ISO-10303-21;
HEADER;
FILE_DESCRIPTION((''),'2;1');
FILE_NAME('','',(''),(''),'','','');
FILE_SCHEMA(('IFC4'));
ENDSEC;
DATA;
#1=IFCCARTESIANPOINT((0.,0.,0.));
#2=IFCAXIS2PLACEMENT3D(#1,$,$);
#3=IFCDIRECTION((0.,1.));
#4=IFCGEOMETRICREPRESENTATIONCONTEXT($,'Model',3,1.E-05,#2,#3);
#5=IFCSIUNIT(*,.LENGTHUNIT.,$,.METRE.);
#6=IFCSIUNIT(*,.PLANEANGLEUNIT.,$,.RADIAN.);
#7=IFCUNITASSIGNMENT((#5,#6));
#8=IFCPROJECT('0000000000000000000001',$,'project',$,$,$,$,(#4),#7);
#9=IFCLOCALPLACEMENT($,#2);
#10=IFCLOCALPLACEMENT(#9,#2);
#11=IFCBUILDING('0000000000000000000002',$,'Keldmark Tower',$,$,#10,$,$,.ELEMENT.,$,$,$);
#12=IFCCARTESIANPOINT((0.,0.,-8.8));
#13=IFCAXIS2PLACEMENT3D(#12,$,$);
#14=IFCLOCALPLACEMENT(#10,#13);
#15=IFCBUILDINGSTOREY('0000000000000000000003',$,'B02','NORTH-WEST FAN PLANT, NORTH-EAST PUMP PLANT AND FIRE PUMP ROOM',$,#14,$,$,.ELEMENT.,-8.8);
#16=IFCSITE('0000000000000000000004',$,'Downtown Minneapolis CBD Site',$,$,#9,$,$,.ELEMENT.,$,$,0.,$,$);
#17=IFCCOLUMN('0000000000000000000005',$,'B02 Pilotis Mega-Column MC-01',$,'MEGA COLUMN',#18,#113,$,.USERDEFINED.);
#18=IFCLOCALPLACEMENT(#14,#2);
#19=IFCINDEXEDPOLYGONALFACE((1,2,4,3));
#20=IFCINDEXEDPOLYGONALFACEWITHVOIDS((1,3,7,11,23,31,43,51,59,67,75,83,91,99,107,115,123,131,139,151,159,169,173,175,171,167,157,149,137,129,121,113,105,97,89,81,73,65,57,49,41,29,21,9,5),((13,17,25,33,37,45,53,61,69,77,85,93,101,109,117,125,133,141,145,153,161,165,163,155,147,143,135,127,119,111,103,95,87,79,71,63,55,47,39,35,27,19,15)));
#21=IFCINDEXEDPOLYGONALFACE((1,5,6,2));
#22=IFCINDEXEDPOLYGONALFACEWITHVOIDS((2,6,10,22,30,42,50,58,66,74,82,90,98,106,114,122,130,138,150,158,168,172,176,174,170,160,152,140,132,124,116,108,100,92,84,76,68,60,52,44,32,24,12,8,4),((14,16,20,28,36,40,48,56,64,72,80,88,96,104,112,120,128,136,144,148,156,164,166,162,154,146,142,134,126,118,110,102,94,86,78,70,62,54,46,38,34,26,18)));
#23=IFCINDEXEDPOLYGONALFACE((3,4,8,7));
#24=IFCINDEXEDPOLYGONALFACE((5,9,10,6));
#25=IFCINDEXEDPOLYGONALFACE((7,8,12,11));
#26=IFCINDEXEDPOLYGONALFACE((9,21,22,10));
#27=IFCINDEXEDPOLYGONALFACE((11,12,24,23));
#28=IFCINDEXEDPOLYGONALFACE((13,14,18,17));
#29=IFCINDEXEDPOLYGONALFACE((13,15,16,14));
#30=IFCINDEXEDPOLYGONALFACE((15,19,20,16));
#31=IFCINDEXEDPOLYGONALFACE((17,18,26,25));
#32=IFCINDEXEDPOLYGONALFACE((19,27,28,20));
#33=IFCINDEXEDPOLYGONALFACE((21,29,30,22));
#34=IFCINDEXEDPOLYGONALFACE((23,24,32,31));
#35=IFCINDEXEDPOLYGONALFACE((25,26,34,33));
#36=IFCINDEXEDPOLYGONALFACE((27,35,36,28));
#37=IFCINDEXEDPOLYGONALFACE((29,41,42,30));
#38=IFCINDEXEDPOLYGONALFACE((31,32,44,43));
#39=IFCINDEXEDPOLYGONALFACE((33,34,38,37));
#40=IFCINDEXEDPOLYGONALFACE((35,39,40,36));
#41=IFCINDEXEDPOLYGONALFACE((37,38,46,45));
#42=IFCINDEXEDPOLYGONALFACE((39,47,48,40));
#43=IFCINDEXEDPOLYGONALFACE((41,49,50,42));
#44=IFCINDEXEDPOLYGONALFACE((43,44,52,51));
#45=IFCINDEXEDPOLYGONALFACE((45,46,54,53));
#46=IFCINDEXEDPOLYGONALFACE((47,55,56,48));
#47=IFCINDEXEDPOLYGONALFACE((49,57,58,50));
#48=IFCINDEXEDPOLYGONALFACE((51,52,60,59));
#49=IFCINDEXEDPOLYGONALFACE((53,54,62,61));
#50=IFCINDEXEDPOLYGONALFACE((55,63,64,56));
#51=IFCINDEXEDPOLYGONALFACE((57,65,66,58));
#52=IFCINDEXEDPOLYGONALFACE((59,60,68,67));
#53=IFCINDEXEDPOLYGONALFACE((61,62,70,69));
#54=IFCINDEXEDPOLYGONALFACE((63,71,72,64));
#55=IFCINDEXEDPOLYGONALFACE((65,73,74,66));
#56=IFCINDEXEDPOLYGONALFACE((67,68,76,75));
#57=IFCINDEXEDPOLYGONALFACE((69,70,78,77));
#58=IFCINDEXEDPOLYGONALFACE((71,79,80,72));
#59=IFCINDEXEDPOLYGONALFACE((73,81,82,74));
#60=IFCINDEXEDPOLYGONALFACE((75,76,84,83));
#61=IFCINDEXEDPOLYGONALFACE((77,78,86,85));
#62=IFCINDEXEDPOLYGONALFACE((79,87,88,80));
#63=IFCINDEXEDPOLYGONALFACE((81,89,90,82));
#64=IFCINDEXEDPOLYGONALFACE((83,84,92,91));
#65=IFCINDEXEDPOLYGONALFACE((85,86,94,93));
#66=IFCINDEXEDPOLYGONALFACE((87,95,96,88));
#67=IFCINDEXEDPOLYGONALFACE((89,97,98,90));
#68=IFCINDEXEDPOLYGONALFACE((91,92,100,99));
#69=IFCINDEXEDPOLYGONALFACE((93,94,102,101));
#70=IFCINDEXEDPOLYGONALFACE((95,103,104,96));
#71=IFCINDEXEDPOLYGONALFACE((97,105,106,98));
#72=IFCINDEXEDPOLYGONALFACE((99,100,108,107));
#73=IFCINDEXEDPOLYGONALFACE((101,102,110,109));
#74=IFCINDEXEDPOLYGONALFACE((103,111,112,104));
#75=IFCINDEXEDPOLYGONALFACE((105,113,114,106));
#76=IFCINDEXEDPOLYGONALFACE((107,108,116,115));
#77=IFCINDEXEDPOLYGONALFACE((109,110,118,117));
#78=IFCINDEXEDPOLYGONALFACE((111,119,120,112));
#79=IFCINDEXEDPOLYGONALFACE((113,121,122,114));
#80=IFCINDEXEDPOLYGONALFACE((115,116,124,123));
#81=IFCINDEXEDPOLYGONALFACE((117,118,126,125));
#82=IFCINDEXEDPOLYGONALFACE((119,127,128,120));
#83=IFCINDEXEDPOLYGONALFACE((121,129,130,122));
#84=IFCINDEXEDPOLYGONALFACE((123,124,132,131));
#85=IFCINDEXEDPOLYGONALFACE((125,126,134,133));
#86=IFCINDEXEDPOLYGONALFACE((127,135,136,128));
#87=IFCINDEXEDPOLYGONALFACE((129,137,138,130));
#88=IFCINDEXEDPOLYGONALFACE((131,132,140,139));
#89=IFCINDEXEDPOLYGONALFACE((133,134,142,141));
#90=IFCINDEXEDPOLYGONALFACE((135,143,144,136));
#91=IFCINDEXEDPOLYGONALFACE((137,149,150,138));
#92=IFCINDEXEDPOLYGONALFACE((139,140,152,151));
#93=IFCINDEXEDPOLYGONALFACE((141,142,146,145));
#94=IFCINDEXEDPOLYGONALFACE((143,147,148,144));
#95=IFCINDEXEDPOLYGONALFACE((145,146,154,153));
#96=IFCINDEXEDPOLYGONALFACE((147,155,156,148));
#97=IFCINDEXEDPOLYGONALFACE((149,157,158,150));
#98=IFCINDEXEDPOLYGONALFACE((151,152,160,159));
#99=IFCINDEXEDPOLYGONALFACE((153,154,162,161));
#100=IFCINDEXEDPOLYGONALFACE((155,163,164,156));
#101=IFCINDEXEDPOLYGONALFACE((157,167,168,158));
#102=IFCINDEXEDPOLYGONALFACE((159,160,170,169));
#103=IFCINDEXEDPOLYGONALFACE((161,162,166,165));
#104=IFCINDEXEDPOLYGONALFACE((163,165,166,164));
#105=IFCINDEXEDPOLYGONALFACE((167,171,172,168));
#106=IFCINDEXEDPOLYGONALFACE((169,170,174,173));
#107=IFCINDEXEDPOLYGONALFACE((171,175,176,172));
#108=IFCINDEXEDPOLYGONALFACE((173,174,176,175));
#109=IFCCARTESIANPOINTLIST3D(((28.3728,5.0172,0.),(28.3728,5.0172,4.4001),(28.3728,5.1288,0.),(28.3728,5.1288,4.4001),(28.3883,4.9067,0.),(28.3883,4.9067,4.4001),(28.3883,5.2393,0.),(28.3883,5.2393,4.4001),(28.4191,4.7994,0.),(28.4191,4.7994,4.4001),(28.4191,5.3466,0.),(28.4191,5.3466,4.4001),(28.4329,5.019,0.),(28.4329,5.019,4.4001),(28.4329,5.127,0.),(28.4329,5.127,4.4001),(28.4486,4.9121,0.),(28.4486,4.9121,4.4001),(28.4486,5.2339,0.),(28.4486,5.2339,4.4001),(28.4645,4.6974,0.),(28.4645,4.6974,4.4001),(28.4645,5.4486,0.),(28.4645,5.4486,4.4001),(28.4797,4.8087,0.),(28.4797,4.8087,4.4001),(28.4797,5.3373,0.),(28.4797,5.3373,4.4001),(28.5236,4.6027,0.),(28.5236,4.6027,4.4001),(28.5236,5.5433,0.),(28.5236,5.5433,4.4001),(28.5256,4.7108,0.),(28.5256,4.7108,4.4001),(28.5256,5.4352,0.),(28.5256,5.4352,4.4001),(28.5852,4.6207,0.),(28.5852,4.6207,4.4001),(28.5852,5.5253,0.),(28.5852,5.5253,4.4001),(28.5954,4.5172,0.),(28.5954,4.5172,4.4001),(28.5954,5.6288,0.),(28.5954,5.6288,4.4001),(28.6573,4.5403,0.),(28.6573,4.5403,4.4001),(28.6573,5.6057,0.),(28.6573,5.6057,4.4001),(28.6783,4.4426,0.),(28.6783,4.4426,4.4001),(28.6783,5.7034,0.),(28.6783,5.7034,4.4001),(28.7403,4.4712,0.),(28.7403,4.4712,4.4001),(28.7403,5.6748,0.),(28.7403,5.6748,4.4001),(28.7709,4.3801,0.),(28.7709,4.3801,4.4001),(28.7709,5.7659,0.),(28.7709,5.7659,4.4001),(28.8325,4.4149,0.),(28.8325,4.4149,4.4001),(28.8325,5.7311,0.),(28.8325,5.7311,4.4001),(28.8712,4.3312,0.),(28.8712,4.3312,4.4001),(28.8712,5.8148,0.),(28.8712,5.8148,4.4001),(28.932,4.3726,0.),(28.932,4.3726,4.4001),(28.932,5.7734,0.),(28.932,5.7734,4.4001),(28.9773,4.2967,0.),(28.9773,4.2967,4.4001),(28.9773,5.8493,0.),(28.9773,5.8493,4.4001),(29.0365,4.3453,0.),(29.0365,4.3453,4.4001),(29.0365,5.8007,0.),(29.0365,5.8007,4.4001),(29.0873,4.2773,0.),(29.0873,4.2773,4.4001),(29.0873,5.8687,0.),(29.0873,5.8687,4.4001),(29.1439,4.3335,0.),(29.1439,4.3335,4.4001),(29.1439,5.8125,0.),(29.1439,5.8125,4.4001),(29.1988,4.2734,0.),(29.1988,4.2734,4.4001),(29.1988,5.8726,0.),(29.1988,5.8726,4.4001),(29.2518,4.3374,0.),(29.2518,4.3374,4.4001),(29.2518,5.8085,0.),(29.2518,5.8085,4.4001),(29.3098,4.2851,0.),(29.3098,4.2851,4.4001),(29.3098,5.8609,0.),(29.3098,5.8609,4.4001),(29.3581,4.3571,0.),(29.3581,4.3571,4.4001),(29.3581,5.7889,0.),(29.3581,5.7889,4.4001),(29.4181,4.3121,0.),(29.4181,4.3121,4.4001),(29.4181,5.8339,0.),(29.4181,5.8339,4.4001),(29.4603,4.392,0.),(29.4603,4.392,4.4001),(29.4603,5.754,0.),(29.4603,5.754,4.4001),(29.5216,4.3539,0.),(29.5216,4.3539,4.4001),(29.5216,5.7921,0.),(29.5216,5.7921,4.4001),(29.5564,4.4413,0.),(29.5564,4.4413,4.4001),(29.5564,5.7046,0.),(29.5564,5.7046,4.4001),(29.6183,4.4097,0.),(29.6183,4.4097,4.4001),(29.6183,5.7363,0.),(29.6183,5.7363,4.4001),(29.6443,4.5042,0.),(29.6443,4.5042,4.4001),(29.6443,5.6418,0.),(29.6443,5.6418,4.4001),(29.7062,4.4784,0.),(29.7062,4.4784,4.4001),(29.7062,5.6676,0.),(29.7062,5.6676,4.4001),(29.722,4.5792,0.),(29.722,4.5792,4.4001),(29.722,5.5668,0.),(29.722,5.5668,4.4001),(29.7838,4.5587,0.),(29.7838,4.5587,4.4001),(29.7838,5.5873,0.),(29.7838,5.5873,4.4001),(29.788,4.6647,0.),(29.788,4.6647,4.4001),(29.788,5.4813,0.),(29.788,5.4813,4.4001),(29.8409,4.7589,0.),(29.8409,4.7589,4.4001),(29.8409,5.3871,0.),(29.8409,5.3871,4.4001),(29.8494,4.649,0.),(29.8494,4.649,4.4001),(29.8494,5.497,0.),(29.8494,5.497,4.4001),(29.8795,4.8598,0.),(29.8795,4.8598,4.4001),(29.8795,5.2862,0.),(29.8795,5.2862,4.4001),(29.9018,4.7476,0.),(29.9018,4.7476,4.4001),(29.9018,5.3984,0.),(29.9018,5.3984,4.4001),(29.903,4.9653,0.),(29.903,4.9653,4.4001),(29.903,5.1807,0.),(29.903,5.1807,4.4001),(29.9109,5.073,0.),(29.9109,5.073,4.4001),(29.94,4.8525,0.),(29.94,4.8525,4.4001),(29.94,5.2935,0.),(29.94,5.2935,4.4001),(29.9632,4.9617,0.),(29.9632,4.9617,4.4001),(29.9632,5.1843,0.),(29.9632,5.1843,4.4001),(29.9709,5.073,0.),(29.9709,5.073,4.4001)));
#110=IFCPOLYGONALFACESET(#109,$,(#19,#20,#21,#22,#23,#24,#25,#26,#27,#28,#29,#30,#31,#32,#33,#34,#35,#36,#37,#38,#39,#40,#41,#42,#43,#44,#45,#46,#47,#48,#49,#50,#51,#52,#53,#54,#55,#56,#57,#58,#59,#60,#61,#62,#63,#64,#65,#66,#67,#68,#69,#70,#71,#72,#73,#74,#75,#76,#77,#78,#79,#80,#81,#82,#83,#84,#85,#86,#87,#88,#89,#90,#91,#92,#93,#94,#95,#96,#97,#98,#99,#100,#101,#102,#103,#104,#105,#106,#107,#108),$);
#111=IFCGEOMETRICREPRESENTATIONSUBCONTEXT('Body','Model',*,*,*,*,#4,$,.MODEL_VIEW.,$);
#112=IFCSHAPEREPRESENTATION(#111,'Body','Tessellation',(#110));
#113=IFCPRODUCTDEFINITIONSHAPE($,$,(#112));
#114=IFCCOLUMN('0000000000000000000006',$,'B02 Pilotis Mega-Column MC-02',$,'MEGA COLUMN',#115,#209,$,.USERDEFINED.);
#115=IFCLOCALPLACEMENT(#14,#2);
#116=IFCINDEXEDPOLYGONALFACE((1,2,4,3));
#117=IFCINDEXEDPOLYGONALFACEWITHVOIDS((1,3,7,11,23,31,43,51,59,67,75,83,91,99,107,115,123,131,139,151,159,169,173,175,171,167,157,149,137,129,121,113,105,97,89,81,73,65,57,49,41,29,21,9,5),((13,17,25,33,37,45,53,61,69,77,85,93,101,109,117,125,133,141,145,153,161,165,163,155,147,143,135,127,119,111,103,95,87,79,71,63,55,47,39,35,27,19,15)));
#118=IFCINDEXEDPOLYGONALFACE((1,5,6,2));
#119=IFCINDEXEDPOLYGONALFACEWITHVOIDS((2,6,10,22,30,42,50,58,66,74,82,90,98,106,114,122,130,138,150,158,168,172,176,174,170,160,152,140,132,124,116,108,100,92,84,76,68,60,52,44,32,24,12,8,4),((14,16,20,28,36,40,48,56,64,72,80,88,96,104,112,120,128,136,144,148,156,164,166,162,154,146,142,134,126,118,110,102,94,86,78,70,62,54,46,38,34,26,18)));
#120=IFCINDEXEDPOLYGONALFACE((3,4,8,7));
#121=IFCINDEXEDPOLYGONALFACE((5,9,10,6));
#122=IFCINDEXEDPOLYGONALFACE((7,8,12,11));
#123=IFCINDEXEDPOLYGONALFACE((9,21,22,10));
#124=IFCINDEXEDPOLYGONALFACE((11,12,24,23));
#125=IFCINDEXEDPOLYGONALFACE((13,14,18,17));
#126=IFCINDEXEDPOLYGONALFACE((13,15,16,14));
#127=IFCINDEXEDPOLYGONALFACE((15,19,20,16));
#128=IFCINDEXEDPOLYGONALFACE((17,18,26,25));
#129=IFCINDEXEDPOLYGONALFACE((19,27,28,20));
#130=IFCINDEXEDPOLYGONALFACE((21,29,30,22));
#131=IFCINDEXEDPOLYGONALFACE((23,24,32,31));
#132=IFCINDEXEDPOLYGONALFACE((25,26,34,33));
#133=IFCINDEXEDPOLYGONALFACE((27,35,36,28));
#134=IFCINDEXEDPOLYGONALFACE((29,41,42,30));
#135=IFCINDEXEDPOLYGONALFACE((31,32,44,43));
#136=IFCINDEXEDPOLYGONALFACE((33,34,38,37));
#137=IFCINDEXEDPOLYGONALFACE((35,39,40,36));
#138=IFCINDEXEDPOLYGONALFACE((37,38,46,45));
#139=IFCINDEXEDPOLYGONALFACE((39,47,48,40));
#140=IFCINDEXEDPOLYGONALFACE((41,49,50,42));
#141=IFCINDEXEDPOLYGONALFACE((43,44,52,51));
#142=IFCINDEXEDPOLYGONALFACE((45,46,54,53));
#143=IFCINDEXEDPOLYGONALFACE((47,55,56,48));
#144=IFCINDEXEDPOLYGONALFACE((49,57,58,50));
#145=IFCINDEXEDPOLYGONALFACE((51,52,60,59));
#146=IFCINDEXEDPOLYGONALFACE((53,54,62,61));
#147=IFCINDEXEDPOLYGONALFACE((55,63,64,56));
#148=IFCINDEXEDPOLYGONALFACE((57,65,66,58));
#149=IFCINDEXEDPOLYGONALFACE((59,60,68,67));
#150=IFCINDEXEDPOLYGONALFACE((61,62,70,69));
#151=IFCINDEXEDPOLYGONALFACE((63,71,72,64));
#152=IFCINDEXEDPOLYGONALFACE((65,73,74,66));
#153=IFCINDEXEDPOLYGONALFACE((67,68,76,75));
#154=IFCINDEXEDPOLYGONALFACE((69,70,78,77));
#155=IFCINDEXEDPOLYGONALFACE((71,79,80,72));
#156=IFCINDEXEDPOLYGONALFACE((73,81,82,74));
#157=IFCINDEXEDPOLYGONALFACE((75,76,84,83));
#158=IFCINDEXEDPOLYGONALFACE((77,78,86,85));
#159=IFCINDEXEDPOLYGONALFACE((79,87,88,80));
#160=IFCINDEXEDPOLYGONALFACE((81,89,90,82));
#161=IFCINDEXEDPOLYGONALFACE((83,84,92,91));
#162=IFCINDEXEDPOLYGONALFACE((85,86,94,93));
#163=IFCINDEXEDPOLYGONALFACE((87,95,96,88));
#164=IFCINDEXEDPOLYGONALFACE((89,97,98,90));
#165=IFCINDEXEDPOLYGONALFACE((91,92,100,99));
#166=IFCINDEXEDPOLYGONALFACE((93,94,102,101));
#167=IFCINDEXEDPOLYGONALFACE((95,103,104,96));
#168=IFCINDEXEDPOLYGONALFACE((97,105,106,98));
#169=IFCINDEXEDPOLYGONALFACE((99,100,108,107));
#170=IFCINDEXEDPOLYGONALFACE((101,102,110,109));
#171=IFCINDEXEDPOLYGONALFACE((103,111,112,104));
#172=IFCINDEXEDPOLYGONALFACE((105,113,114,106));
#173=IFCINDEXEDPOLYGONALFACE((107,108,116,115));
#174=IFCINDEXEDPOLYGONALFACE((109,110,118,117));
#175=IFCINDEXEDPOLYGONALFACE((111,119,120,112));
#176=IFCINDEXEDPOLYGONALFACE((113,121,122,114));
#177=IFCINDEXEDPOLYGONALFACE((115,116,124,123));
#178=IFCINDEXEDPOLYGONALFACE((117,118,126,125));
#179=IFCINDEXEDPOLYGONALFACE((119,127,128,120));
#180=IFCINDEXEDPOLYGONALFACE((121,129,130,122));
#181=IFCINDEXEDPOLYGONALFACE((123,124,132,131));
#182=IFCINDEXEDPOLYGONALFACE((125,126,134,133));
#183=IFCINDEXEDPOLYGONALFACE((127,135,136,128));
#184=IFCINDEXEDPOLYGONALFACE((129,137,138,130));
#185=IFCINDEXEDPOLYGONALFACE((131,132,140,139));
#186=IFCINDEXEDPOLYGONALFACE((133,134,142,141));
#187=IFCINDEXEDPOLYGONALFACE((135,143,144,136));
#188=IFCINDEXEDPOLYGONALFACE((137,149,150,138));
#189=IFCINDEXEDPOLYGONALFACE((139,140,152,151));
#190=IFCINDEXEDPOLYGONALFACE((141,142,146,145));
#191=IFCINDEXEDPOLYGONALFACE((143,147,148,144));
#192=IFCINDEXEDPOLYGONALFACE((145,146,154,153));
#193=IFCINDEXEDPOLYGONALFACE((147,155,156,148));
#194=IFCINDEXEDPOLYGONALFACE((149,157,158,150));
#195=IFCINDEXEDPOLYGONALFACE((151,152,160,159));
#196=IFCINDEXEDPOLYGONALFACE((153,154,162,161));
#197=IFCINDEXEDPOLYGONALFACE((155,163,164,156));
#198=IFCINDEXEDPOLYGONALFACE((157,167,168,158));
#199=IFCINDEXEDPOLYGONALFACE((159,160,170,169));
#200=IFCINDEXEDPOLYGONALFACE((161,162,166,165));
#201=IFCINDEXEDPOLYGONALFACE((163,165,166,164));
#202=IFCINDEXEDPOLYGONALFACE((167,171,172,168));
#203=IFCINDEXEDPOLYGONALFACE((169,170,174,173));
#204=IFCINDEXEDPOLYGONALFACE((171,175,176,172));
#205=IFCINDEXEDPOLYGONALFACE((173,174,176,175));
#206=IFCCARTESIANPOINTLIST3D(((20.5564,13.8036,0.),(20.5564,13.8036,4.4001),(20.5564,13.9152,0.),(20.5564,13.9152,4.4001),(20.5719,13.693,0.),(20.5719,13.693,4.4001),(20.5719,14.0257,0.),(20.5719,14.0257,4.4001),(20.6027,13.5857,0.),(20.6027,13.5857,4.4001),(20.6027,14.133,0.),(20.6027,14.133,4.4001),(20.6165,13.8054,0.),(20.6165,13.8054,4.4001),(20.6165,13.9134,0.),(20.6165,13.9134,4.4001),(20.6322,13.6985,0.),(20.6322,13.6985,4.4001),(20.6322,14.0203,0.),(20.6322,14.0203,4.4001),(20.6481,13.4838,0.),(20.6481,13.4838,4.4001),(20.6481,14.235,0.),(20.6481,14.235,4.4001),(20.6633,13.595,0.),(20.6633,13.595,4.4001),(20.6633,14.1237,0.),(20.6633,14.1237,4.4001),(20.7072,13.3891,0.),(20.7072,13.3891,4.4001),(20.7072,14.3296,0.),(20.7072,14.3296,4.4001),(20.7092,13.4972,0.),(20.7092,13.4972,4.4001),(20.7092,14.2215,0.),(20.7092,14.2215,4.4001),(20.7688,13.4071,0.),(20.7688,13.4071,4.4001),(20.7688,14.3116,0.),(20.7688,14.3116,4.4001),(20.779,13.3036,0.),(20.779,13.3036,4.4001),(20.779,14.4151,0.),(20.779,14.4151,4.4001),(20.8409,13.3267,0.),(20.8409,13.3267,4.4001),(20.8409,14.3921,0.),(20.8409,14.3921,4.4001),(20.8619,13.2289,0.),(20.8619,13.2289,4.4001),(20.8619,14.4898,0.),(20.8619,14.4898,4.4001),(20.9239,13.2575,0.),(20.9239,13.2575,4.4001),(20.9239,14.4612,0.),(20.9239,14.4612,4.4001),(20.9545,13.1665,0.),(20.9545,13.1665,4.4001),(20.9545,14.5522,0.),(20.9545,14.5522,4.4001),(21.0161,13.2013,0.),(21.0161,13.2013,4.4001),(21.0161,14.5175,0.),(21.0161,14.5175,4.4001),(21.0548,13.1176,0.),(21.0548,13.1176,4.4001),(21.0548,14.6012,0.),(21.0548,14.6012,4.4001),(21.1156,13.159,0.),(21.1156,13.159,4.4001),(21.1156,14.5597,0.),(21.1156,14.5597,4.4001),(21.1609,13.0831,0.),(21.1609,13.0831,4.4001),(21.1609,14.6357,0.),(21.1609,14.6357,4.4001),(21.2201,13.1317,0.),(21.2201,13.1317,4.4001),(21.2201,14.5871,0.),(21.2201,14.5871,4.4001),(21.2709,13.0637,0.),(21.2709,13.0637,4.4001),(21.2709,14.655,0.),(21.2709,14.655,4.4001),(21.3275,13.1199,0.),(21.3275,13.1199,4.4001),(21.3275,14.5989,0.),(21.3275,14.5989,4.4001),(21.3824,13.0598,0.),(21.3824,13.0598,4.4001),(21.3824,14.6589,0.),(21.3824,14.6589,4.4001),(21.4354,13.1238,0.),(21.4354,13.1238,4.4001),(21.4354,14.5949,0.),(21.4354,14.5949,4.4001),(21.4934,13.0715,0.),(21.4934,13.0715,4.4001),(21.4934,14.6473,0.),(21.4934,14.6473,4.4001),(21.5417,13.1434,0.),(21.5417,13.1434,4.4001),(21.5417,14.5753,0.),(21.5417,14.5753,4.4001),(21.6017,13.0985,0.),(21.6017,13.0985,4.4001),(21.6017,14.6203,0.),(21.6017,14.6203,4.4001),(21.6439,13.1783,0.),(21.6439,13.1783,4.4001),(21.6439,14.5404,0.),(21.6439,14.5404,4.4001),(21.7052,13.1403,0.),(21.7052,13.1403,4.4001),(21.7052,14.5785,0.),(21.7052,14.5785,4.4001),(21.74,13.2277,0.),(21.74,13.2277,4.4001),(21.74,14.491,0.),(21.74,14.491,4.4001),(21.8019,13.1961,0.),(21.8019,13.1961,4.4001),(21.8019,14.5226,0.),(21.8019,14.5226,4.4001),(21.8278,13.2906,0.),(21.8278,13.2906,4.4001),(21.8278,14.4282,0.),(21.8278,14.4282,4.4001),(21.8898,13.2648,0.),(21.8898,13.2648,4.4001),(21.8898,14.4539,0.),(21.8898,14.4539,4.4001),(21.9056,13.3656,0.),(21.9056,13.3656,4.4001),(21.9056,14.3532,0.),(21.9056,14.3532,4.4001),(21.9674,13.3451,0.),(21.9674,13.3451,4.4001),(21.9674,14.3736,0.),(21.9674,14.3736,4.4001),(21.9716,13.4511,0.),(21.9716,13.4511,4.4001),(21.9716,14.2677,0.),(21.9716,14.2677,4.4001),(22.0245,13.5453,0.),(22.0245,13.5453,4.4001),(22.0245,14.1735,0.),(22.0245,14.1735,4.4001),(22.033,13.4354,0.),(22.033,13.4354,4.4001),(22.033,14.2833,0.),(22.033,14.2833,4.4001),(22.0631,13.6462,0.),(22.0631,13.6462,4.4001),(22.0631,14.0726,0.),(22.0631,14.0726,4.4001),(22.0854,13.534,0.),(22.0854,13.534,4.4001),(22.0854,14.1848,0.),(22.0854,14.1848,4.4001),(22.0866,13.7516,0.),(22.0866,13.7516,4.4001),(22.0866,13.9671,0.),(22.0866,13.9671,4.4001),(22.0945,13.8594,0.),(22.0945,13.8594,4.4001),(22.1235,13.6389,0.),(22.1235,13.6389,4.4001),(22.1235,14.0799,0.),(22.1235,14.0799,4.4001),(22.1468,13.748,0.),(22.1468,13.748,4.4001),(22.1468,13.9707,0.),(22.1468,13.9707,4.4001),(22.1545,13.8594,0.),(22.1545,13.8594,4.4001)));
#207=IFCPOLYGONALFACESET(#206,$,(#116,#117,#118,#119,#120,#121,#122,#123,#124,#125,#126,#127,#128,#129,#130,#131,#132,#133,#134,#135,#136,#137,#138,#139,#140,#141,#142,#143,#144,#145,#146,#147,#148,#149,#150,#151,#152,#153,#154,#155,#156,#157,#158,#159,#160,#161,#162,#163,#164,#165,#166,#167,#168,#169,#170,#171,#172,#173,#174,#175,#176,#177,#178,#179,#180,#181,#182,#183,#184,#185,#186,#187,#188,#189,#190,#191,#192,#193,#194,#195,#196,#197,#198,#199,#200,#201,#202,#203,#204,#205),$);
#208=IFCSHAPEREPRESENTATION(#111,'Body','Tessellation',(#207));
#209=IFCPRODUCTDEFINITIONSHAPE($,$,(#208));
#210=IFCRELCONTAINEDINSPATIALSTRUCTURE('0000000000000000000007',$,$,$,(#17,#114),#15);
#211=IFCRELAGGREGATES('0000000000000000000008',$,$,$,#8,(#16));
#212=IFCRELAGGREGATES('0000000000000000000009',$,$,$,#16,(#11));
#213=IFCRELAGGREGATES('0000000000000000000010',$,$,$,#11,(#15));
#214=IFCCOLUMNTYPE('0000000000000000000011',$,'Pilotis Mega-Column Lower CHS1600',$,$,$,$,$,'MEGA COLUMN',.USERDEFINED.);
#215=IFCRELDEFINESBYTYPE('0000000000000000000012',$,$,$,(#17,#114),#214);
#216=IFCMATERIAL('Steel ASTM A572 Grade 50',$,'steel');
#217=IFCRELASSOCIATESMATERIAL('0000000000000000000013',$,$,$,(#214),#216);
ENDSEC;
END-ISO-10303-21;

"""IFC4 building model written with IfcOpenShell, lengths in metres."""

from ifc_helpers import new_model, si_unit, direction, frame, origin, origin_2d, place, context, subcontext, project, spatial, hollow_circle, extrude, material, material_profile, profile_set, type_object, element, save


model = new_model("IFC4")

# Units and contexts
model_context = context("Model", 3, precision=1e-05, world=origin(), true_north=direction((0.0, 1.0)))
body_context = subcontext(model_context, "Body", "Model", "MODEL_VIEW")
ifc_project = project(units=[si_unit("LENGTHUNIT", "METRE"), si_unit("PLANEANGLEUNIT", "RADIAN")], contexts=[model_context])

# Site, building, storey
site_placement = place(None, origin())
site = spatial("IfcSite", under=ifc_project, at=site_placement, Name="Downtown Minneapolis CBD Site", CompositionType="ELEMENT", RefElevation=0.0)
building_placement = place(site_placement, origin())
building = spatial("IfcBuilding", under=site, at=building_placement, Name="Keldmark Tower", CompositionType="ELEMENT")
storey_placement = place(building_placement, frame((0.0, 0.0, -8.8)))
storey = spatial("IfcBuildingStorey", under=building, at=storey_placement, Name="B02", Description="NORTH-WEST FAN PLANT, NORTH-EAST PUMP PLANT AND FIRE PUMP ROOM", CompositionType="ELEMENT", Elevation=-8.8)

# Columns
ifc_material_1 = material(Name="Steel ASTM A572 Grade 50", Category="steel")
ifc_material_profile_1 = material_profile(ifc_material_1, hollow_circle(Radius=0.8, WallThickness=0.0601, at=origin_2d()), Name="CHS1600X60")
ifc_profile_set_1 = profile_set([ifc_material_profile_1], Name="Steel ASTM A572 Grade 50")
column_type_1 = type_object("IfcColumnType", Name="Pilotis Mega-Column Lower CHS1600", ElementType="MEGA COLUMN", PredefinedType="USERDEFINED", material=ifc_profile_set_1)
for number, where, z_axis, x_axis, name in (
    (1, (29.1709, 5.073, 0.0), (0.0, 0.0, 1.0), (1.0, 0.0, 0.0), "B02 Pilotis Mega-Column MC-01"),
    (2, (21.3545, 13.8594, 0.0), (0.0, 0.0, 1.0), (1.0, 0.0, 0.0), "B02 Pilotis Mega-Column MC-02"),
):
    element("IfcColumn", number, at=place(storey_placement, frame(where, z_axis=z_axis, x_axis=x_axis)), inside=storey, type_object=column_type_1, Name=name, ObjectType="MEGA COLUMN", PredefinedType="USERDEFINED", context=body_context, shape_type="SweptSolid", body=[
        extrude(hollow_circle(Radius=0.8, WallThickness=0.0601, at=origin_2d()), origin(), (0.0, 0.0, 1.0), 4.4001),
    ])

save(model, "model.ifc")
